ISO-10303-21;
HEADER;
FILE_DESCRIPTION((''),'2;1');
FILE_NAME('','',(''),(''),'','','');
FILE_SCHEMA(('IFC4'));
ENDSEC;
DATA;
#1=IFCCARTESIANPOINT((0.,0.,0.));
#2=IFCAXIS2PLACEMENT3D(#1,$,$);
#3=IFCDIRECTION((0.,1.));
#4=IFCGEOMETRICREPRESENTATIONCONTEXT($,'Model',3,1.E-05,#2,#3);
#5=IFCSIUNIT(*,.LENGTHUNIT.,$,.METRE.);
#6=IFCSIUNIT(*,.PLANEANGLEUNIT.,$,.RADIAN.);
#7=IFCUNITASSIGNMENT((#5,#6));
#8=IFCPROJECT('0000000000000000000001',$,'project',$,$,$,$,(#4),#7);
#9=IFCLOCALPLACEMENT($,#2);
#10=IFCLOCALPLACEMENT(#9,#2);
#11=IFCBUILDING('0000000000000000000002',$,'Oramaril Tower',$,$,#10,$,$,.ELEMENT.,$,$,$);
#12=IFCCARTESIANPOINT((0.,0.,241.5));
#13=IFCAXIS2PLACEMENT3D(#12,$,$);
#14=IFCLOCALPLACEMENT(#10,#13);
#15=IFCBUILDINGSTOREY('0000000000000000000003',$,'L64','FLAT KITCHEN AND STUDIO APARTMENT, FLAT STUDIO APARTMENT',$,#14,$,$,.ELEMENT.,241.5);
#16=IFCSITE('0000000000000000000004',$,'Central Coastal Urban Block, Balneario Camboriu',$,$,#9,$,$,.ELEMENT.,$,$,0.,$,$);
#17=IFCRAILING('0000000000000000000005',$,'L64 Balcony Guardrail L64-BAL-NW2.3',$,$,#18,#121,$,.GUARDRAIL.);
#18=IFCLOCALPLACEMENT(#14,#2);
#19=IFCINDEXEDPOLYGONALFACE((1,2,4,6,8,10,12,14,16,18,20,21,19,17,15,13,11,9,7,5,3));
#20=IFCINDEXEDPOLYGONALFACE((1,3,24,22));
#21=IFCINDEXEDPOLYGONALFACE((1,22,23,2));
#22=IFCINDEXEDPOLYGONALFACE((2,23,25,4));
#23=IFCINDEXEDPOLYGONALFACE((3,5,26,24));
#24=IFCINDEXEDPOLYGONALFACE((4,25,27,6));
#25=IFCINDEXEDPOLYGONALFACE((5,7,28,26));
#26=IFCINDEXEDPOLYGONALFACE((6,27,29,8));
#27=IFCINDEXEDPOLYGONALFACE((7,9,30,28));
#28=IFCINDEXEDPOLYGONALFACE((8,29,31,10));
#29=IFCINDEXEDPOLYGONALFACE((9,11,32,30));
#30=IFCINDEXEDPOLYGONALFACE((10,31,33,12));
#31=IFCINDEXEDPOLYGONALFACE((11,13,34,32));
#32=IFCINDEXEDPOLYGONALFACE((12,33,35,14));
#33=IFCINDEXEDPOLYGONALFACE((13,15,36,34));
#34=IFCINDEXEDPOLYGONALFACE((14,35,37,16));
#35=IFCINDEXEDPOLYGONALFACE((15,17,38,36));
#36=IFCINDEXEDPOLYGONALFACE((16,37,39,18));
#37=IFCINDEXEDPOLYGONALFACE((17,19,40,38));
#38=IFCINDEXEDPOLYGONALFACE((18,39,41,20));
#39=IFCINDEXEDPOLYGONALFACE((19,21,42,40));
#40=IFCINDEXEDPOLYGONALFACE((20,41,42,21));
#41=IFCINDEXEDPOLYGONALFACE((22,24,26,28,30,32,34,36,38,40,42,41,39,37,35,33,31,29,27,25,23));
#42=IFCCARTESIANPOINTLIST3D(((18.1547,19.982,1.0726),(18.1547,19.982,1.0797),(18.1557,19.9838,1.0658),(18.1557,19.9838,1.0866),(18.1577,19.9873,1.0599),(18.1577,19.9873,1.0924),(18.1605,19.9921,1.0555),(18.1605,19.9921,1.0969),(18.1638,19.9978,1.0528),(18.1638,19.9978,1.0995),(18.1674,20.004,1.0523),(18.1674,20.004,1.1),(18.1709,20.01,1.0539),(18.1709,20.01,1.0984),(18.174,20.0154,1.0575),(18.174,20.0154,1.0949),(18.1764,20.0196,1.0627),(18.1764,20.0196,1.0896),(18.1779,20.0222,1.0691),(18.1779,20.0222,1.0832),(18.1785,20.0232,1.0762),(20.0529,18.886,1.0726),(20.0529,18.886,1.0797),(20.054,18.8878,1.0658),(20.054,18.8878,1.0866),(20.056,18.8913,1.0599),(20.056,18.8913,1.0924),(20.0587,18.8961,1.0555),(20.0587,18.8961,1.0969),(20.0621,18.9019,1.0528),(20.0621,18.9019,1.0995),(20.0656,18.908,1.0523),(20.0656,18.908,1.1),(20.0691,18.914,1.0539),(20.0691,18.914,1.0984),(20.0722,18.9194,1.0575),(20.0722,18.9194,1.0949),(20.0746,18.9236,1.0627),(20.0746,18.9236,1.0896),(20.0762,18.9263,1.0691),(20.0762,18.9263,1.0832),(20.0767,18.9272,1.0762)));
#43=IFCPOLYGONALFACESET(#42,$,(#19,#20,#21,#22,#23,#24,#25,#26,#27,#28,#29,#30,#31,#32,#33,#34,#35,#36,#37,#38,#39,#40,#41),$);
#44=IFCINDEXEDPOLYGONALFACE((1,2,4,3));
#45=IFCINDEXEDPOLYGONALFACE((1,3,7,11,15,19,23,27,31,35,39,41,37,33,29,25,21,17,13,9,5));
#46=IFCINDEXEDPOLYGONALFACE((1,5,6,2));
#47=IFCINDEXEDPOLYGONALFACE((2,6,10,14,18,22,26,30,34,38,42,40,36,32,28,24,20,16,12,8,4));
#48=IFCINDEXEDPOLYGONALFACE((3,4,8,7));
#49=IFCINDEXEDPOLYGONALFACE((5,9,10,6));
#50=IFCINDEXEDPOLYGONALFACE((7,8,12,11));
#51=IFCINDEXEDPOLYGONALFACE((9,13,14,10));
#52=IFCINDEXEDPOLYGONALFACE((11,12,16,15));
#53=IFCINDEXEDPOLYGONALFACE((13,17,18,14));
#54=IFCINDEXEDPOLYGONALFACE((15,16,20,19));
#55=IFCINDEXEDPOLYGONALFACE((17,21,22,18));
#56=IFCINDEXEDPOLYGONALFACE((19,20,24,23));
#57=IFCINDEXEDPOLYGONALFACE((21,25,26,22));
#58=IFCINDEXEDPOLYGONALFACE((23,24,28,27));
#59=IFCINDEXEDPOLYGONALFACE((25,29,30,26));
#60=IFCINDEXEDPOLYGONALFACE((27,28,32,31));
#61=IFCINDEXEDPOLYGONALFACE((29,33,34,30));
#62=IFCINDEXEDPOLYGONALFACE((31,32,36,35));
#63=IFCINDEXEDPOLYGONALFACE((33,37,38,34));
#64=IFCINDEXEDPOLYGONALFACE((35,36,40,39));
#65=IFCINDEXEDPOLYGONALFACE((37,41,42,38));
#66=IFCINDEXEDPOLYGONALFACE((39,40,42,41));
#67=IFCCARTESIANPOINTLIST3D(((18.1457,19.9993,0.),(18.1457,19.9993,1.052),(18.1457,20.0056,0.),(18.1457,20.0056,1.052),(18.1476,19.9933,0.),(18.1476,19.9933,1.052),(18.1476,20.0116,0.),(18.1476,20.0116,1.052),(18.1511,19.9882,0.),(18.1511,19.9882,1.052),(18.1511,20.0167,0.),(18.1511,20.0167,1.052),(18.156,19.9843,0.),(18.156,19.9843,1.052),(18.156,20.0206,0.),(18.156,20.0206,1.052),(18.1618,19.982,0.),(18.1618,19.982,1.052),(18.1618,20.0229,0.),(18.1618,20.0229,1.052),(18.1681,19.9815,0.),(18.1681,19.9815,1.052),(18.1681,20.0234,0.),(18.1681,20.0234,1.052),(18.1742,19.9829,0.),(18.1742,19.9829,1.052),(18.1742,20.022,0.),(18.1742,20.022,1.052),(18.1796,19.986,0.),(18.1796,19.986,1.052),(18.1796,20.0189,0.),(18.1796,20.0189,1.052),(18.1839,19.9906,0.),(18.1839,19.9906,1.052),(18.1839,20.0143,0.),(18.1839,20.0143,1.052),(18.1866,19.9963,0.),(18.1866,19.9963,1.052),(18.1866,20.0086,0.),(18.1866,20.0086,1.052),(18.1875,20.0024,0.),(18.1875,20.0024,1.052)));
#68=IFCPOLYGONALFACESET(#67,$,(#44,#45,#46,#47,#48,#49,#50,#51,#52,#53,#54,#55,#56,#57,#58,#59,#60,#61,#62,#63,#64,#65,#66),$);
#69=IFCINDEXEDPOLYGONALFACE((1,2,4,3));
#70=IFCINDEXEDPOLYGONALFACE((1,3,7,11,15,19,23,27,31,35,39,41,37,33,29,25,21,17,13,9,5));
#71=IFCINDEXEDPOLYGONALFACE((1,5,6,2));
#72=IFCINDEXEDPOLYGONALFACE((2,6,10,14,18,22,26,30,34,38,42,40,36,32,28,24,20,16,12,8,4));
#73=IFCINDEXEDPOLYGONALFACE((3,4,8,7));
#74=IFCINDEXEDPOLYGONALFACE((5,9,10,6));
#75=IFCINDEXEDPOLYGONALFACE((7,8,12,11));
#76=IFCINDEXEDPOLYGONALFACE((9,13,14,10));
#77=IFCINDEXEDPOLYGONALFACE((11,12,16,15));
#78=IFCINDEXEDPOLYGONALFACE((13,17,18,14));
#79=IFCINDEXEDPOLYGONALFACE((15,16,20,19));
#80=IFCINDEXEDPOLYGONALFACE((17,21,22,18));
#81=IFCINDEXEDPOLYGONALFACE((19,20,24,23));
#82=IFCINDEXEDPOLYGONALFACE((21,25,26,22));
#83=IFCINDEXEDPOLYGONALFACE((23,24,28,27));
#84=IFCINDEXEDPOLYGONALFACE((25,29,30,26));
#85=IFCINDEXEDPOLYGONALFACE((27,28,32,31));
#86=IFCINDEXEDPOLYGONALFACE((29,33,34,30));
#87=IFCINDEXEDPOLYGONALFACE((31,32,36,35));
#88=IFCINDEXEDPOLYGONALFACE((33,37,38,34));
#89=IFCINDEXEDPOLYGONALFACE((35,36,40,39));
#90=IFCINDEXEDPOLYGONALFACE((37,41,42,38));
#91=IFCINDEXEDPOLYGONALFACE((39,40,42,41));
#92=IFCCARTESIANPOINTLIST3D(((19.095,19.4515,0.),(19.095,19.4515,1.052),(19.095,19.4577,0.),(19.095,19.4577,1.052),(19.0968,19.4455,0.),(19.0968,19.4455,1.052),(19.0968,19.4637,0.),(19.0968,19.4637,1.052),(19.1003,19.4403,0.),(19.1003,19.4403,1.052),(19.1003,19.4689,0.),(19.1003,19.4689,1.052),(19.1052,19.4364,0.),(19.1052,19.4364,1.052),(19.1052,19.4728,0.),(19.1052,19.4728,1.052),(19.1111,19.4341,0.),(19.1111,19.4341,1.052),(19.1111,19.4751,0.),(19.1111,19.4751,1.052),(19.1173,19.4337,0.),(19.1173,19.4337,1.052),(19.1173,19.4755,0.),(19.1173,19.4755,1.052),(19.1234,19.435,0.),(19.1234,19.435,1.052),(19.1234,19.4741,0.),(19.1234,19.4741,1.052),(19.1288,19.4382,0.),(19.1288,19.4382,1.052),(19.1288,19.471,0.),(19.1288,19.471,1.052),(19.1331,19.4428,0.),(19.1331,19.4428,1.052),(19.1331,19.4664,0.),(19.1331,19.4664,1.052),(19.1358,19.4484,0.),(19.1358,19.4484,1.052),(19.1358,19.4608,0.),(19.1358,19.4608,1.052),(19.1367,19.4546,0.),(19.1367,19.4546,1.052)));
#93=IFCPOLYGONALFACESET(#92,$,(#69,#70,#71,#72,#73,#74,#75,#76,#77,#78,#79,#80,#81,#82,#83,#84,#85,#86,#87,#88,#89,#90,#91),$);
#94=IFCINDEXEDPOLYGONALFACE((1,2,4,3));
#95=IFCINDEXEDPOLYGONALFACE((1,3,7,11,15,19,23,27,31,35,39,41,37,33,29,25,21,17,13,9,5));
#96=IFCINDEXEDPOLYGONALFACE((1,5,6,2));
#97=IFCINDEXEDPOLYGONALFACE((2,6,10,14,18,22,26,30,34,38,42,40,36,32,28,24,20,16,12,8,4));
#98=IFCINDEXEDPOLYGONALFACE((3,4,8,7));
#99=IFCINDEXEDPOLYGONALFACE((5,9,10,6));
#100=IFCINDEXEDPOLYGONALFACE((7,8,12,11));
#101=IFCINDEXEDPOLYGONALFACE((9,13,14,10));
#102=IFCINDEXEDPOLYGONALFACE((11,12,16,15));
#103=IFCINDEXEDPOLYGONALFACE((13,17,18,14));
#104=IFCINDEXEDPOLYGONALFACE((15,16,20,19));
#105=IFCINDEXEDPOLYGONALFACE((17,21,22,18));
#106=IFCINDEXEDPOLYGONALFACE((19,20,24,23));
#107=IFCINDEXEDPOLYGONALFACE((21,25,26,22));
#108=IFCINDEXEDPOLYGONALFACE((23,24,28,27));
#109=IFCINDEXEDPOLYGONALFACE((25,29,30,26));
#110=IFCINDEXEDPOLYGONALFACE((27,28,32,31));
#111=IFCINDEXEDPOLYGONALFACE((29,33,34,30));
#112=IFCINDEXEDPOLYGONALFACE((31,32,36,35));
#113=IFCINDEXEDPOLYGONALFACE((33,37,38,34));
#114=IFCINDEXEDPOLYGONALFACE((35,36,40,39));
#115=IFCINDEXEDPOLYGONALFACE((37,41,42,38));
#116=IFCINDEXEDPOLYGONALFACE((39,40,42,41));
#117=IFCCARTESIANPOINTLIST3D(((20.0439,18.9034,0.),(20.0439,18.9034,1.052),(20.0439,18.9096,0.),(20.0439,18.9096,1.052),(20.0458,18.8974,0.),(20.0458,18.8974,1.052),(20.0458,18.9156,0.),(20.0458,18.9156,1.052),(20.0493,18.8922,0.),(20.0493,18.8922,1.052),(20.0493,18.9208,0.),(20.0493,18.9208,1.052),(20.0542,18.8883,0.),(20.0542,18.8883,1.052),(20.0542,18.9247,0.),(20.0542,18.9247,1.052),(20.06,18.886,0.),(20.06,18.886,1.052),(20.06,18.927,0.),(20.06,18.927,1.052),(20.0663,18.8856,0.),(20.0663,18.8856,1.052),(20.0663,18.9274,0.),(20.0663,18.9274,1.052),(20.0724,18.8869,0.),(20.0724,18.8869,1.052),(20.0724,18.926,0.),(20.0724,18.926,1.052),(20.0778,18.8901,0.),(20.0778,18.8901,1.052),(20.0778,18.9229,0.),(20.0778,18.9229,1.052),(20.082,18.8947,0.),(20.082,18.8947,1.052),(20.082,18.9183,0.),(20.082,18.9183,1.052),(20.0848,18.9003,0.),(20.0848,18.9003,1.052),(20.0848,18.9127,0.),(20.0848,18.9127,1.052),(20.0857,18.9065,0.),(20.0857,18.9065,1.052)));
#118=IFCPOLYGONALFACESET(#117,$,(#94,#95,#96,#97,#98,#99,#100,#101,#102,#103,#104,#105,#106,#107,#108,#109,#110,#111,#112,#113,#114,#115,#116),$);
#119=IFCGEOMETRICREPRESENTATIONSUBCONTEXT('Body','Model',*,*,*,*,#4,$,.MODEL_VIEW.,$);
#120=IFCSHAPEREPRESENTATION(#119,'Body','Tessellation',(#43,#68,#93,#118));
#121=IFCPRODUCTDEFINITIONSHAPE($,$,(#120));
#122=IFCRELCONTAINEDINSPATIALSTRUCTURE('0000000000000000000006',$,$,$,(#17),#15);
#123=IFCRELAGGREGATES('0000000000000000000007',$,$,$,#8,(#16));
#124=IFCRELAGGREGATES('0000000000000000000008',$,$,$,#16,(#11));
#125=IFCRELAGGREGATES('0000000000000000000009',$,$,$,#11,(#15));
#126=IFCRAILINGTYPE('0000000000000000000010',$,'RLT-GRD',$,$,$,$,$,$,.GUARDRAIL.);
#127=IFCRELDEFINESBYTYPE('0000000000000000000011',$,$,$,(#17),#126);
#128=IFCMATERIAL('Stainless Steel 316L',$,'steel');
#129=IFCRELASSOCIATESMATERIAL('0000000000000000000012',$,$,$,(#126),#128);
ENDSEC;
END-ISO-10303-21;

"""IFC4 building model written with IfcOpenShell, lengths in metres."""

from ifc_helpers import new_model, si_unit, direction, frame, origin, origin_2d, place, context, subcontext, project, spatial, circle, extrude, material, type_object, element, save


model = new_model("IFC4")

# Units and contexts
model_context = context("Model", 3, precision=1e-05, world=origin(), true_north=direction((0.0, 1.0)))
body_context = subcontext(model_context, "Body", "Model", "MODEL_VIEW")
ifc_project = project(units=[si_unit("LENGTHUNIT", "METRE"), si_unit("PLANEANGLEUNIT", "RADIAN")], contexts=[model_context])

# Site, building, storey
site_placement = place(None, origin())
site = spatial("IfcSite", under=ifc_project, at=site_placement, Name="Central Coastal Urban Block, Balneario Camboriu", CompositionType="ELEMENT", RefElevation=0.0)
building_placement = place(site_placement, origin())
building = spatial("IfcBuilding", under=site, at=building_placement, Name="Oramaril Tower", CompositionType="ELEMENT")
storey_placement = place(building_placement, frame((0.0, 0.0, 241.5)))
storey = spatial("IfcBuildingStorey", under=building, at=storey_placement, Name="L64", Description="FLAT KITCHEN AND STUDIO APARTMENT, FLAT STUDIO APARTMENT", CompositionType="ELEMENT", Elevation=241.5)

# Railing
ifc_material_1 = material(Name="Stainless Steel 316L", Category="steel")
railing_type_1 = type_object("IfcRailingType", Name="RLT-GRD", PredefinedType="GUARDRAIL", material=ifc_material_1)
railing_1_placement = place(storey_placement, frame((18.1665, 20.0024, 0.0)))
element("IfcRailing", 1, at=railing_1_placement, inside=storey, type_object=railing_type_1, Name="L64 Balcony Guardrail L64-BAL-NW2.3", PredefinedType="GUARDRAIL", context=body_context, shape_type="SweptSolid", body=[
    extrude(circle(Radius=0.0239, at=origin_2d()), frame((0.0, 0.0, 1.0762), z_axis=(0.866021, -0.500008, 0.0), x_axis=(0.500008, 0.866021, 0.0)), (0.0, 0.0, 1.0), 2.1919),
    extrude(circle(Radius=0.021, at=origin_2d()), origin(), (0.0, 0.0, 1.0), 1.052),
    extrude(circle(Radius=0.021, at=origin_2d()), frame((0.9492, -0.5479, 0.0)), (0.0, 0.0, 1.0), 1.052),
    extrude(circle(Radius=0.021, at=origin_2d()), frame((1.8982, -1.0959, 0.0)), (0.0, 0.0, 1.0), 1.052),
])

save(model, "model.ifc")
